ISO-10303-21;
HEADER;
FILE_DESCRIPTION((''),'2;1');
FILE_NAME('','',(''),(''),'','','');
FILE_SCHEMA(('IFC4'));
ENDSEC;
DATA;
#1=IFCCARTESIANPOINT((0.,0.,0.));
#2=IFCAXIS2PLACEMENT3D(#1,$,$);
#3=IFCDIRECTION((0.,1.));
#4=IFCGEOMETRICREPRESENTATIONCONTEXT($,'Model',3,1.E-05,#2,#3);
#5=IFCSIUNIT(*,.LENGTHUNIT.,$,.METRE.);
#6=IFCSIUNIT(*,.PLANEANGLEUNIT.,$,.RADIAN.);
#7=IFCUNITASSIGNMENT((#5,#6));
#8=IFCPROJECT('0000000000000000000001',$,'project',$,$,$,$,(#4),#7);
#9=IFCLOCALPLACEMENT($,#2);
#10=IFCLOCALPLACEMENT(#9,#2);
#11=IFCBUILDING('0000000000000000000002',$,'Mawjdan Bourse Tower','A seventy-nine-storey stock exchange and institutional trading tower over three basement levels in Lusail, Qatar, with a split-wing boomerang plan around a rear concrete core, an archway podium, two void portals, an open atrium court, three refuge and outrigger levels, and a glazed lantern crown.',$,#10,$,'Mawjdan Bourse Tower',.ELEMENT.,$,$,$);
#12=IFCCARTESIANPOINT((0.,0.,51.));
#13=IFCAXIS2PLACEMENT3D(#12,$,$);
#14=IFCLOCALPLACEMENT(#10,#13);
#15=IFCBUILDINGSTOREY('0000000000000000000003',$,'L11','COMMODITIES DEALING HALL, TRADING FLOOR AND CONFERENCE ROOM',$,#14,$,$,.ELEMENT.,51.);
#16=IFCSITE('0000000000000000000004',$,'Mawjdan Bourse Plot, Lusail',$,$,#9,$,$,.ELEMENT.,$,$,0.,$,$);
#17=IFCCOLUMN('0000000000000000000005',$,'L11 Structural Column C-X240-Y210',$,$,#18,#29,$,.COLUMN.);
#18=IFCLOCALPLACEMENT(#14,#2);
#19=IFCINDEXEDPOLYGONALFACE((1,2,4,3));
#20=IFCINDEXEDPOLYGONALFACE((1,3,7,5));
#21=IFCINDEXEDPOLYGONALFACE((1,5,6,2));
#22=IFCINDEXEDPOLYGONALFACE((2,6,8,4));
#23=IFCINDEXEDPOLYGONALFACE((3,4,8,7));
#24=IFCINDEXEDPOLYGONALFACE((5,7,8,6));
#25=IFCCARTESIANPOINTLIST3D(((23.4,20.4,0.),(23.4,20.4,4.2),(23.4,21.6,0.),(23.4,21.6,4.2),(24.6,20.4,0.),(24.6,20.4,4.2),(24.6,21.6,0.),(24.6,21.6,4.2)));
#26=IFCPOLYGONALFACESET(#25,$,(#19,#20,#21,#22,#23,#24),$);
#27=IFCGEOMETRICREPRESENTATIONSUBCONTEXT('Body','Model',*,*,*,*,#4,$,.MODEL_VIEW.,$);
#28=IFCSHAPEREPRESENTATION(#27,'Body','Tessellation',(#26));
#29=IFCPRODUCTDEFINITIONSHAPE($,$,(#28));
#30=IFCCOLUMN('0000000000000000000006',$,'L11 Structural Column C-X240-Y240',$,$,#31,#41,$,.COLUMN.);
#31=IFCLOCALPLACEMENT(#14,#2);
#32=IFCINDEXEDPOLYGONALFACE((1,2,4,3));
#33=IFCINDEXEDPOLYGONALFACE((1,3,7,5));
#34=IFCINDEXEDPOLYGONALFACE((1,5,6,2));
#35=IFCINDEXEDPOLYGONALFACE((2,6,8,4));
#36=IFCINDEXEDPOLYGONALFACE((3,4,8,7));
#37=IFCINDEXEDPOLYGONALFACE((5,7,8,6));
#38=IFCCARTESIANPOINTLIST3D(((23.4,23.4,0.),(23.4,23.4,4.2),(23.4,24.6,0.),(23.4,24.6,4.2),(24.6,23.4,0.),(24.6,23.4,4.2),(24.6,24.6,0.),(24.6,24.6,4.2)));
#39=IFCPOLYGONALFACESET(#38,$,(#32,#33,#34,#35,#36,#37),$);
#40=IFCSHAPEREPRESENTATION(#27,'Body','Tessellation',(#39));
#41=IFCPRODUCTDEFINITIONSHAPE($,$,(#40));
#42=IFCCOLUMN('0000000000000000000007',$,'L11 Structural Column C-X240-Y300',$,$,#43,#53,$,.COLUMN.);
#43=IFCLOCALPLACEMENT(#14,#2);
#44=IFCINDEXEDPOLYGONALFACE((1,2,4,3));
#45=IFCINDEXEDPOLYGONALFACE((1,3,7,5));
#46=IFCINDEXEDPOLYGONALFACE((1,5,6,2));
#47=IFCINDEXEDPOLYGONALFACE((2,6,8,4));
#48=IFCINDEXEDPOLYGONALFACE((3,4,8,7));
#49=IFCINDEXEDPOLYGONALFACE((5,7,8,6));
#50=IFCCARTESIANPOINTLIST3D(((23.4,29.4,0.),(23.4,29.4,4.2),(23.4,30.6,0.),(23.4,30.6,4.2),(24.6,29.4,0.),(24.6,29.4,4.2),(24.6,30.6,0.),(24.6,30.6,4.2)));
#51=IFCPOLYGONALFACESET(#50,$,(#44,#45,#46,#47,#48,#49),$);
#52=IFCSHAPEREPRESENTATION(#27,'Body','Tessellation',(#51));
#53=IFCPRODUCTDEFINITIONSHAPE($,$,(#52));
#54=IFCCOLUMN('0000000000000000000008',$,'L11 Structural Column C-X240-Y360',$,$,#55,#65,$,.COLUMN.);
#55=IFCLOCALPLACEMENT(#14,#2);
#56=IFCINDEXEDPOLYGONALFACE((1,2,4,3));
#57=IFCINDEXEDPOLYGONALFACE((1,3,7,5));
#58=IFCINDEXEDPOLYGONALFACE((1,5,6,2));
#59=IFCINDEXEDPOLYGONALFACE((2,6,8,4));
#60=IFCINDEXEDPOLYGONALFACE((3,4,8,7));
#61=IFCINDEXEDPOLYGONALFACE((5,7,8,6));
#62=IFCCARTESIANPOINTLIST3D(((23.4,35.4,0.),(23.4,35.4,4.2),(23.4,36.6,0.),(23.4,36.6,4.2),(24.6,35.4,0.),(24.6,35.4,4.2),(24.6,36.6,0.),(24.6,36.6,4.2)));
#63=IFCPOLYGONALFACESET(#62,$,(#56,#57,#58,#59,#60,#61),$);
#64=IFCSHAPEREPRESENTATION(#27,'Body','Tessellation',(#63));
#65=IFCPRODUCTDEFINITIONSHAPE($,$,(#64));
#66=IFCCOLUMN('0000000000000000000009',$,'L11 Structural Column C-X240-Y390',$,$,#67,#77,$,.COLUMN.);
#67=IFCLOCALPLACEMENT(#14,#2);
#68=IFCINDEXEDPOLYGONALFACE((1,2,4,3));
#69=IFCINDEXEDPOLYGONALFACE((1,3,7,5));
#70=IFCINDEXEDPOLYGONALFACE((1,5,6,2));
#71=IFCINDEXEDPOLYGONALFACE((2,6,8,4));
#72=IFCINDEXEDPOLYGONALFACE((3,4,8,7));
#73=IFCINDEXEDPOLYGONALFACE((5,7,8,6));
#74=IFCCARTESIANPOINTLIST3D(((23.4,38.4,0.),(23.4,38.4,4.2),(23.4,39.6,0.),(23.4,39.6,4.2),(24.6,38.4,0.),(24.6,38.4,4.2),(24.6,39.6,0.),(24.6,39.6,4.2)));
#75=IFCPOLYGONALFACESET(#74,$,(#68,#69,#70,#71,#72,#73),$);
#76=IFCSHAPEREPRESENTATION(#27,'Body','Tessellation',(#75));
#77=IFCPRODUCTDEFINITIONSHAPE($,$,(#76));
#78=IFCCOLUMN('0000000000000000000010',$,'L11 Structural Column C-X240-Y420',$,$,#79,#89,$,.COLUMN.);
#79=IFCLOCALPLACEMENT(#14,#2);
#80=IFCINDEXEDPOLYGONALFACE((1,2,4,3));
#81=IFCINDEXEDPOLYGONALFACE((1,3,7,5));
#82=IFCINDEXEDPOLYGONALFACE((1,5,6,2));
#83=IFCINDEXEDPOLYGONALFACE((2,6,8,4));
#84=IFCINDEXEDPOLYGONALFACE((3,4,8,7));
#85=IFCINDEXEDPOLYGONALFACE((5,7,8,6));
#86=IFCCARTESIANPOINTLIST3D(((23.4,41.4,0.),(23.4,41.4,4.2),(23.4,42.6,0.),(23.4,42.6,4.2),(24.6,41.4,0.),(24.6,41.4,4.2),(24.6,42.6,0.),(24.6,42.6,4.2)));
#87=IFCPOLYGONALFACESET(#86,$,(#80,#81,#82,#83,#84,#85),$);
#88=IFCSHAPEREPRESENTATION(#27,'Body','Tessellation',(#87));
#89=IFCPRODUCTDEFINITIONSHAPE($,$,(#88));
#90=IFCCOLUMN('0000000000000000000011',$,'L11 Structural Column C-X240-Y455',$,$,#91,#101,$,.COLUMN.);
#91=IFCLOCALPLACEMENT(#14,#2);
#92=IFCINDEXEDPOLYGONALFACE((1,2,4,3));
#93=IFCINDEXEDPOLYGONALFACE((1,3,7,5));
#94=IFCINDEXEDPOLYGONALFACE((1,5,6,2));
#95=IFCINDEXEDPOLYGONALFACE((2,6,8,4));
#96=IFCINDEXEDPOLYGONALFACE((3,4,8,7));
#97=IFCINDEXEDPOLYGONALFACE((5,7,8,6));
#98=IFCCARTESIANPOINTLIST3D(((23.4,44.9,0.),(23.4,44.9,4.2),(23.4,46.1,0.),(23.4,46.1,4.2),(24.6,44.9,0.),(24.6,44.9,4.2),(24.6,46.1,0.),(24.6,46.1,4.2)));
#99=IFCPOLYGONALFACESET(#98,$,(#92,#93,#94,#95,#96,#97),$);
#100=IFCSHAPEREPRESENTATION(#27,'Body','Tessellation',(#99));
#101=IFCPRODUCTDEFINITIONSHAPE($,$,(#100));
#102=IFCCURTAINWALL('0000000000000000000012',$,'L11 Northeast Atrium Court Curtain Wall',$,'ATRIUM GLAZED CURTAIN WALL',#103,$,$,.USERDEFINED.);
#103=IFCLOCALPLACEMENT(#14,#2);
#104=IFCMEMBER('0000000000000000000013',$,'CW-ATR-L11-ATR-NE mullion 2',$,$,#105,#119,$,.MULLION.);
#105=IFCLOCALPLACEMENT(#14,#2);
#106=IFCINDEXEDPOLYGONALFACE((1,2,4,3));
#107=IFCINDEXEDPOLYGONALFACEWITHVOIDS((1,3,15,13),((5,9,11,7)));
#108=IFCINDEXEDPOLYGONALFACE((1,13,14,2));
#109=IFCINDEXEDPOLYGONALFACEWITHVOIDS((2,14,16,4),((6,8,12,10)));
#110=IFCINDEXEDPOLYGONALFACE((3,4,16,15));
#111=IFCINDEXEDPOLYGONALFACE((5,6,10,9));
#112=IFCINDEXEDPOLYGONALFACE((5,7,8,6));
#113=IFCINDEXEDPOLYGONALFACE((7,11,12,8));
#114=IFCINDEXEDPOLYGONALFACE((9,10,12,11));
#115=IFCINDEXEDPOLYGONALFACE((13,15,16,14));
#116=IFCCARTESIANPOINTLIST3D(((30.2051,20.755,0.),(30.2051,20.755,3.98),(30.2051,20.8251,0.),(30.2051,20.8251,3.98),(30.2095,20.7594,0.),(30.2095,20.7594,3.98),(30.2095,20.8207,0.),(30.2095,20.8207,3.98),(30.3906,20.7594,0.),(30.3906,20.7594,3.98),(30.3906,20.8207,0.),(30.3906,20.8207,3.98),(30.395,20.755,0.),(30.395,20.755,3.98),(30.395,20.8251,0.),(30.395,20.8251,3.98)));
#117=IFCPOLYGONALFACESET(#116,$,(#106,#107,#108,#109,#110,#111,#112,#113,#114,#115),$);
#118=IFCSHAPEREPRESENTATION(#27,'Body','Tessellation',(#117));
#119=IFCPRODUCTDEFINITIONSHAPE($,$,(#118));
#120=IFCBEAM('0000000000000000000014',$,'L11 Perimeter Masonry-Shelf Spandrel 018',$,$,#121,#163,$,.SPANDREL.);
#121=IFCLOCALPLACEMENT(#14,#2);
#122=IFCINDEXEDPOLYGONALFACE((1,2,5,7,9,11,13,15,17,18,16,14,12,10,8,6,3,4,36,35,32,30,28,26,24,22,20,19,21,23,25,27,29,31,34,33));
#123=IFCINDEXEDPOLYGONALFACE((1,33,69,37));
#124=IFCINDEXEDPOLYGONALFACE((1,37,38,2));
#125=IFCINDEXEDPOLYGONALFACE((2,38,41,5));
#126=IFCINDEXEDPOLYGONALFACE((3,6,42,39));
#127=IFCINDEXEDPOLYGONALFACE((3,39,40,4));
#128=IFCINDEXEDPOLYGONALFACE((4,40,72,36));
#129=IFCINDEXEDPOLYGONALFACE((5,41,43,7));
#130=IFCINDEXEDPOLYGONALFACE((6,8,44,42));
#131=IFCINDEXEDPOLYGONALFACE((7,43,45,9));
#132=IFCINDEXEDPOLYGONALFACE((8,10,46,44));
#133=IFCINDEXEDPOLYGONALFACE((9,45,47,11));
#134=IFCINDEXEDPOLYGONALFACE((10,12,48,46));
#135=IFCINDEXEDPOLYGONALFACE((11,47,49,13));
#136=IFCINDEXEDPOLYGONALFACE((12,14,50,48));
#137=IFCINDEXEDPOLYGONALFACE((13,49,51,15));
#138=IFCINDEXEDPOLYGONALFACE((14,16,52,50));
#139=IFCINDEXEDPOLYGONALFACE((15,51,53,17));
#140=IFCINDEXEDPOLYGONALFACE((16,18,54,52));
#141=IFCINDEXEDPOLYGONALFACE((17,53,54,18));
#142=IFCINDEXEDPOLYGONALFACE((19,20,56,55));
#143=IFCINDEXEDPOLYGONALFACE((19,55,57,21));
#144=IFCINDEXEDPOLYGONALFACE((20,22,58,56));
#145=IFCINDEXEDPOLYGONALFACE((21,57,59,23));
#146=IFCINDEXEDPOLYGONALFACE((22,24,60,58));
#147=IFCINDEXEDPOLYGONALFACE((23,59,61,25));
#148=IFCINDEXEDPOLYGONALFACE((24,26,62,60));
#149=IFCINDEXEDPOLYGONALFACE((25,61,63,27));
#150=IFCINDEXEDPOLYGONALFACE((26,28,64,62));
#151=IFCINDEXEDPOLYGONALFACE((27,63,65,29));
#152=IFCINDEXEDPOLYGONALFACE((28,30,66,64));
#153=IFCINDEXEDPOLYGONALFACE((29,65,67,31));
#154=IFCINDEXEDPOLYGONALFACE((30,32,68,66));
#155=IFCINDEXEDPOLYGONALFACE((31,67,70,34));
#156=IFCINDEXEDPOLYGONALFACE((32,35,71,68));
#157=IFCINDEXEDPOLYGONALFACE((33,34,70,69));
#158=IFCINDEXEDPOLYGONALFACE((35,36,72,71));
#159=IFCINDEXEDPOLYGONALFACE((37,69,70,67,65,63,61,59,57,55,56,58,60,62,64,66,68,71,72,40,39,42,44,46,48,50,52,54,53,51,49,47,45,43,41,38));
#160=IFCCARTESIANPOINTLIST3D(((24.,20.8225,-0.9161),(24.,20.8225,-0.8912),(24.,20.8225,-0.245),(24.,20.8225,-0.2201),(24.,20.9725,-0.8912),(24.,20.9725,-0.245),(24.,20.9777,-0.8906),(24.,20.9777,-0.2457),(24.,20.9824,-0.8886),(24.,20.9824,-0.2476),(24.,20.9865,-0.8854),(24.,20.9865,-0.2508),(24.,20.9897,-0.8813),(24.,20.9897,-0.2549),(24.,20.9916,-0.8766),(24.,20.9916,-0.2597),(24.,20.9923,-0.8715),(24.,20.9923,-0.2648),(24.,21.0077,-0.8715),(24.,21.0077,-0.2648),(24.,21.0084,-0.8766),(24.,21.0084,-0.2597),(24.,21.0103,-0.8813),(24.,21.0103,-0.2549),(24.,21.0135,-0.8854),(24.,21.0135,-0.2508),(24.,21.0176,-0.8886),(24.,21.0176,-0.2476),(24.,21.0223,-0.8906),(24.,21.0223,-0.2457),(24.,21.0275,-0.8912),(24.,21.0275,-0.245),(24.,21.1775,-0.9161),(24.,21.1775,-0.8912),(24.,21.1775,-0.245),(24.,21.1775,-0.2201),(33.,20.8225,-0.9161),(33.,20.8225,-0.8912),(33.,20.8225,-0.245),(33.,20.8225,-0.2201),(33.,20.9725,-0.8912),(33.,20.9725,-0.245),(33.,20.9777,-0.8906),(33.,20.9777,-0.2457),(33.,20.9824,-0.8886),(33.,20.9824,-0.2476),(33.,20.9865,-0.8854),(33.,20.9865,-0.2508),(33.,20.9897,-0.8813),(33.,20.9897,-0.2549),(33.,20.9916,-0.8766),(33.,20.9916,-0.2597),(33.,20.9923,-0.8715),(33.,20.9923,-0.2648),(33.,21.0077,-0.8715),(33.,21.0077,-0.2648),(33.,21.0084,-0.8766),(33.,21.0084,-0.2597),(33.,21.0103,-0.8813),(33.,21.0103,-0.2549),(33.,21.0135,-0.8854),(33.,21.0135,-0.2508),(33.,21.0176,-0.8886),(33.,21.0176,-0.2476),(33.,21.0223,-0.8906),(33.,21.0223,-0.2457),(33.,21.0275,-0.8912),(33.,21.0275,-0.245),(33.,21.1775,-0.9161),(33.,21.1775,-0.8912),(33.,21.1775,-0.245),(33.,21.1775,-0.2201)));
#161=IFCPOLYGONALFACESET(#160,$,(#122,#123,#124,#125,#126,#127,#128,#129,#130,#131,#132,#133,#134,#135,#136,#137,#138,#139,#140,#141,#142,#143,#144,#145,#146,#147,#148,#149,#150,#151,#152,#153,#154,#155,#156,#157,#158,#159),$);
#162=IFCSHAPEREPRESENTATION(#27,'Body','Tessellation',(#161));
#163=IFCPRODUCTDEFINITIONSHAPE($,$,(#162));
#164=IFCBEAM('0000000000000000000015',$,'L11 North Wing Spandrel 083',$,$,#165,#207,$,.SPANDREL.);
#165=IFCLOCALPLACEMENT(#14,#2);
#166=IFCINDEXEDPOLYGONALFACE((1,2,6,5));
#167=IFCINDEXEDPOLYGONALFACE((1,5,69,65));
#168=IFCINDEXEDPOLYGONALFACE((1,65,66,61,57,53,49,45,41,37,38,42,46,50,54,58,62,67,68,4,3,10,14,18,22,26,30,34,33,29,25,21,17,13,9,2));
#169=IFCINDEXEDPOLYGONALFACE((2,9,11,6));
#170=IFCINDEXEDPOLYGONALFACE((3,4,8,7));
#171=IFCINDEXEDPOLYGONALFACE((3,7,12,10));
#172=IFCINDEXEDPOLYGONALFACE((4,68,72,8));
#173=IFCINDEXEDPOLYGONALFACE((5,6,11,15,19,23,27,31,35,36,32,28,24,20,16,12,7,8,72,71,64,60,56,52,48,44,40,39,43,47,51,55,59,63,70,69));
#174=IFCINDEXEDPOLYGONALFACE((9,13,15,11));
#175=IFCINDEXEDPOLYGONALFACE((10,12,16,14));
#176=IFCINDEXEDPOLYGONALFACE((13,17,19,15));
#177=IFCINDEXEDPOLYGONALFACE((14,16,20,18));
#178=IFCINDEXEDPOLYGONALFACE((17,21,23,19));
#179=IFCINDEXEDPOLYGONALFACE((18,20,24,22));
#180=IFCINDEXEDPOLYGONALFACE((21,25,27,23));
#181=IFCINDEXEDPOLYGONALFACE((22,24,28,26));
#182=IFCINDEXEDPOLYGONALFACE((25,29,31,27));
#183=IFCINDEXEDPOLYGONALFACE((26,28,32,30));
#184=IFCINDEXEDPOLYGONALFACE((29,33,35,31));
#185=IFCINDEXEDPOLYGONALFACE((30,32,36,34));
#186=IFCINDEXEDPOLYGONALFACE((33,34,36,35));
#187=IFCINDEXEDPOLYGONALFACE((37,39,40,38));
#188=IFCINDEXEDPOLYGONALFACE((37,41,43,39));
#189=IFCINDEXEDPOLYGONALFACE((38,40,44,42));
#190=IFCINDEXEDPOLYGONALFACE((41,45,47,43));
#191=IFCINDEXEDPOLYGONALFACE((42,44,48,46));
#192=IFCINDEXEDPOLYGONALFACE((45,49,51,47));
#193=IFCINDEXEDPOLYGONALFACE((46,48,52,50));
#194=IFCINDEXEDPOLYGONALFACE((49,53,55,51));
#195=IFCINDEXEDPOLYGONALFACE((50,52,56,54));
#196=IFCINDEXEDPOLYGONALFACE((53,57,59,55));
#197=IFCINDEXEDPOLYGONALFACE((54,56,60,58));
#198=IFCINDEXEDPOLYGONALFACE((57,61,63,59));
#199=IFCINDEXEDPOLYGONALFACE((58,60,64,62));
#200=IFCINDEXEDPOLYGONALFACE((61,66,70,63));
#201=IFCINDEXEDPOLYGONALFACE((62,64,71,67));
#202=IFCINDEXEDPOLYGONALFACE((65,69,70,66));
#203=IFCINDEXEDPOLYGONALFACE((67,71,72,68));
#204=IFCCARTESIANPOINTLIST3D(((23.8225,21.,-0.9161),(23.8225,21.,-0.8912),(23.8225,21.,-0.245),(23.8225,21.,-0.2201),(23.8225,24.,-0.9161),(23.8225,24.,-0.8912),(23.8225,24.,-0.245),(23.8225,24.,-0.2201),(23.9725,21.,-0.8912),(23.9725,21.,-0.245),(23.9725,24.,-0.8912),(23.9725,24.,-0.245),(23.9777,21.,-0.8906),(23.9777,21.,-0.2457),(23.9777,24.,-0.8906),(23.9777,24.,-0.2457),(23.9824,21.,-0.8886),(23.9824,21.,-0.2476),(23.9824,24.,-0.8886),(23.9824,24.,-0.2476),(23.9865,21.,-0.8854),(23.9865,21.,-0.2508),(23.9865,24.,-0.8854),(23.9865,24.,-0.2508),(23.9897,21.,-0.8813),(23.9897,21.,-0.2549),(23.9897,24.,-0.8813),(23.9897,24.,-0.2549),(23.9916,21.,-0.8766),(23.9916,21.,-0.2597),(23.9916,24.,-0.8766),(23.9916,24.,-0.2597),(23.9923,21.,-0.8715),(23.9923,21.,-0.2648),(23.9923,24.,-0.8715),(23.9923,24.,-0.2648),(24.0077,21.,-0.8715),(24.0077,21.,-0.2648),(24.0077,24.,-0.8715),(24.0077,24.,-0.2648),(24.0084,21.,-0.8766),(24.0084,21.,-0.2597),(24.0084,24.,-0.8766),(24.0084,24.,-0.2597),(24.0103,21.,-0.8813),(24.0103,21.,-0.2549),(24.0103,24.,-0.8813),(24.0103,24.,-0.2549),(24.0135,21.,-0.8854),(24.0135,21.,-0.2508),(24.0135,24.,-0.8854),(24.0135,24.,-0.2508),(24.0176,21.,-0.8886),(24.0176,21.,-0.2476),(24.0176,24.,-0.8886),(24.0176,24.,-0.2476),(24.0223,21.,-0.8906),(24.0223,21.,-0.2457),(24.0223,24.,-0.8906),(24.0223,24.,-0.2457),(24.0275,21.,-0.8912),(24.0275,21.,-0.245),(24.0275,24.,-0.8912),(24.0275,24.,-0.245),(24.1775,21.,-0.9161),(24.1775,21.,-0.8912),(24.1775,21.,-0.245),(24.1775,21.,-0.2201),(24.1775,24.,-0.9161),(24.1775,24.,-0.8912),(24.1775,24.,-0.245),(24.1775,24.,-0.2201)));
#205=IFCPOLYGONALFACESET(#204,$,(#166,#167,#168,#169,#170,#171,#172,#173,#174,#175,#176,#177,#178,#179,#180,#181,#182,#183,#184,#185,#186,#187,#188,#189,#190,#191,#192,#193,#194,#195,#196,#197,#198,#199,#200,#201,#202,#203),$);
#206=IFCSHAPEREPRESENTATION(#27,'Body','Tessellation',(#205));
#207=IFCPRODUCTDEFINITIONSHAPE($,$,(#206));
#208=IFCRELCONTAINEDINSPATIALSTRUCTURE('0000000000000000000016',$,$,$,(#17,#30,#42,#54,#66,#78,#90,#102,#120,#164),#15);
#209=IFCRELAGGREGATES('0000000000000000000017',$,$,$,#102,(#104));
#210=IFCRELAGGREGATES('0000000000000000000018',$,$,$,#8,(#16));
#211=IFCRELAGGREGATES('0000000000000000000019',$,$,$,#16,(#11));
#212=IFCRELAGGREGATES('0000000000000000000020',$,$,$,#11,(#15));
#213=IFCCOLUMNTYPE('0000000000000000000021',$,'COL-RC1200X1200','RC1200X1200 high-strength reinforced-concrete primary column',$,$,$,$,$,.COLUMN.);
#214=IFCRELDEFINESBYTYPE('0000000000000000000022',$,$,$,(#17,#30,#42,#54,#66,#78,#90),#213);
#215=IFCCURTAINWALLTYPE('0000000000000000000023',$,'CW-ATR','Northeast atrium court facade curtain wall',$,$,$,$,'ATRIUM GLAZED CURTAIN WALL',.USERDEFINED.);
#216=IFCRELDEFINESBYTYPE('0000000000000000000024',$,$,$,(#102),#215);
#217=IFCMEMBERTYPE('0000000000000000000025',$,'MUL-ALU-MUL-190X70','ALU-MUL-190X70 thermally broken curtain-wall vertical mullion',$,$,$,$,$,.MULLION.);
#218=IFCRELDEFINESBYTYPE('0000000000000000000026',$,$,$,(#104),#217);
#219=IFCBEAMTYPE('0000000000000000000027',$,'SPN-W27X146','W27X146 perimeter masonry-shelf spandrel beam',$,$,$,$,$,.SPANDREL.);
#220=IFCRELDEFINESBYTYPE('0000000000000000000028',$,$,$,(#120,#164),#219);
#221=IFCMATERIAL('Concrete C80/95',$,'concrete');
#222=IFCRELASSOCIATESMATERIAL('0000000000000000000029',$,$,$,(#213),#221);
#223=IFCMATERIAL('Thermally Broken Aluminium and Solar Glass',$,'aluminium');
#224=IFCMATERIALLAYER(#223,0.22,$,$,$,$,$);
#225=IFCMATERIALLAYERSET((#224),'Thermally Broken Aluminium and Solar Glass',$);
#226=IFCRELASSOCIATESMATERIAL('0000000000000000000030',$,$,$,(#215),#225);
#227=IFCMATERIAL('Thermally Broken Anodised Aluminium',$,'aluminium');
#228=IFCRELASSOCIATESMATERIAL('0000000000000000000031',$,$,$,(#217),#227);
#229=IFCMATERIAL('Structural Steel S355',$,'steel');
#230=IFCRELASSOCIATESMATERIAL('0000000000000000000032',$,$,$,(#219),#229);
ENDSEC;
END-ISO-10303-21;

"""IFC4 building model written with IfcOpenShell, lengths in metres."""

from ifc_helpers import new_model, si_unit, direction, frame, origin, origin_2d, place, context, subcontext, project, spatial, rectangle, hollow_rectangle, i_section, extrude, material, layer, layer_set, material_profile, profile_set, type_object, element, aggregate, save


model = new_model("IFC4")

# Units and contexts
model_context = context("Model", 3, precision=1e-05, world=origin(), true_north=direction((0.0, 1.0)))
body_context = subcontext(model_context, "Body", "Model", "MODEL_VIEW")
ifc_project = project(units=[si_unit("LENGTHUNIT", "METRE"), si_unit("PLANEANGLEUNIT", "RADIAN")], contexts=[model_context])

# Site, building, storey
site_placement = place(None, origin())
site = spatial("IfcSite", under=ifc_project, at=site_placement, Name="Mawjdan Bourse Plot, Lusail", CompositionType="ELEMENT", RefElevation=0.0)
building_placement = place(site_placement, origin())
building = spatial("IfcBuilding", under=site, at=building_placement, Name="Mawjdan Bourse Tower", Description="A seventy-nine-storey stock exchange and institutional trading tower over three basement levels in Lusail, Qatar, with a split-wing boomerang plan around a rear concrete core, an archway podium, two void portals, an open atrium court, three refuge and outrigger levels, and a glazed lantern crown.", LongName="Mawjdan Bourse Tower", CompositionType="ELEMENT")
storey_placement = place(building_placement, frame((0.0, 0.0, 51.0)))
storey = spatial("IfcBuildingStorey", under=building, at=storey_placement, Name="L11", Description="COMMODITIES DEALING HALL, TRADING FLOOR AND CONFERENCE ROOM", CompositionType="ELEMENT", Elevation=51.0)

# Columns
ifc_material_1 = material(Name="Concrete C80/95", Category="concrete")
ifc_material_profile_1 = material_profile(ifc_material_1, rectangle(XDim=1.2, YDim=1.2, at=origin_2d()), Name="RC1200X1200")
ifc_profile_set_1 = profile_set([ifc_material_profile_1], Name="Concrete C80/95")
column_type = type_object("IfcColumnType", Name="COL-RC1200X1200", Description="RC1200X1200 high-strength reinforced-concrete primary column", PredefinedType="COLUMN", material=ifc_profile_set_1)
for number, where, z_axis, x_axis, name in (
    (1, (24.0, 21.0, 0.0), (0.0, 0.0, 1.0), (1.0, 0.0, 0.0), "L11 Structural Column C-X240-Y210"),
    (2, (24.0, 24.0, 0.0), (0.0, 0.0, 1.0), (1.0, 0.0, 0.0), "L11 Structural Column C-X240-Y240"),
    (3, (24.0, 30.0, 0.0), (0.0, 0.0, 1.0), (1.0, 0.0, 0.0), "L11 Structural Column C-X240-Y300"),
    (4, (24.0, 36.0, 0.0), (0.0, 0.0, 1.0), (1.0, 0.0, 0.0), "L11 Structural Column C-X240-Y360"),
    (5, (24.0, 39.0, 0.0), (0.0, 0.0, 1.0), (1.0, 0.0, 0.0), "L11 Structural Column C-X240-Y390"),
    (6, (24.0, 42.0, 0.0), (0.0, 0.0, 1.0), (1.0, 0.0, 0.0), "L11 Structural Column C-X240-Y420"),
    (7, (24.0, 45.5, 0.0), (0.0, 0.0, 1.0), (1.0, 0.0, 0.0), "L11 Structural Column C-X240-Y455"),
):
    element("IfcColumn", number, at=place(storey_placement, frame(where, z_axis=z_axis, x_axis=x_axis)), inside=storey, type_object=column_type, Name=name, PredefinedType="COLUMN", context=body_context, shape_type="SweptSolid", body=[
        extrude(rectangle(XDim=1.2, YDim=1.2, at=origin_2d()), origin(), (0.0, 0.0, 1.0), 4.2),
    ])

# Curtain wall, member
ifc_material_2 = material(Name="Thermally Broken Aluminium and Solar Glass", Category="aluminium")
ifc_layer_1 = layer(ifc_material_2, 0.22)
ifc_layer_set_1 = layer_set([ifc_layer_1], Name="Thermally Broken Aluminium and Solar Glass")
curtain_wall_type = type_object("IfcCurtainWallType", Name="CW-ATR", Description="Northeast atrium court facade curtain wall", ElementType="ATRIUM GLAZED CURTAIN WALL", PredefinedType="USERDEFINED", material=ifc_layer_set_1)
curtain_wall_placement = place(storey_placement, origin())
curtain_wall = element("IfcCurtainWall", 8, at=curtain_wall_placement, inside=storey, type_object=curtain_wall_type, Name="L11 Northeast Atrium Court Curtain Wall", ObjectType="ATRIUM GLAZED CURTAIN WALL", PredefinedType="USERDEFINED")
ifc_material_3 = material(Name="Thermally Broken Anodised Aluminium", Category="aluminium")
ifc_material_profile_2 = material_profile(ifc_material_3, hollow_rectangle(XDim=0.0701, YDim=0.1899, WallThickness=0.0044, at=origin_2d()), Name="ALU-MUL-190X70")
ifc_profile_set_2 = profile_set([ifc_material_profile_2], Name="Thermally Broken Anodised Aluminium")
member_type_1 = type_object("IfcMemberType", Name="MUL-ALU-MUL-190X70", Description="ALU-MUL-190X70 thermally broken curtain-wall vertical mullion", PredefinedType="MULLION", material=ifc_profile_set_2)
member_1_placement = place(storey_placement, frame((30.3, 20.79, 0.0), z_axis=(0.0, 0.0, 1.0), x_axis=(0.0, -1.0, 0.0)))
member_1 = element("IfcMember", 9, at=member_1_placement, type_object=member_type_1, Name="CW-ATR-L11-ATR-NE mullion 2", PredefinedType="MULLION", context=body_context, shape_type="SweptSolid", body=[
    extrude(hollow_rectangle(XDim=0.0701, YDim=0.1899, WallThickness=0.0044, at=origin_2d()), origin(), (0.0, 0.0, 1.0), 3.98),
])

# Beams
ifc_material_4 = material(Name="Structural Steel S355", Category="steel")
ifc_material_profile_3 = material_profile(ifc_material_4, i_section(OverallWidth=0.355, OverallDepth=0.696, WebThickness=0.0154, FlangeThickness=0.0249, FilletRadius=0.0198, at=origin_2d()), Name="W27X146")
ifc_profile_set_3 = profile_set([ifc_material_profile_3], Name="Structural Steel S355")
beam_type = type_object("IfcBeamType", Name="SPN-W27X146", Description="W27X146 perimeter masonry-shelf spandrel beam", PredefinedType="SPANDREL", material=ifc_profile_set_3)
beam_1_placement = place(storey_placement, frame((24.0, 21.0, -0.5681), z_axis=(1.0, 0.0, 0.0), x_axis=(0.0, 1.0, 0.0)))
element("IfcBeam", 10, at=beam_1_placement, inside=storey, type_object=beam_type, Name="L11 Perimeter Masonry-Shelf Spandrel 018", PredefinedType="SPANDREL", context=body_context, shape_type="SweptSolid", body=[
    extrude(i_section(OverallWidth=0.355, OverallDepth=0.696, WebThickness=0.0154, FlangeThickness=0.0249, FilletRadius=0.0198, at=origin_2d()), origin(), (0.0, 0.0, 1.0), 9.0),
])
beam_2_placement = place(storey_placement, frame((24.0, 21.0, -0.5681), z_axis=(0.0, 1.0, 0.0), x_axis=(-1.0, 0.0, 0.0)))
element("IfcBeam", 11, at=beam_2_placement, inside=storey, type_object=beam_type, Name="L11 North Wing Spandrel 083", PredefinedType="SPANDREL", context=body_context, shape_type="SweptSolid", body=[
    extrude(i_section(OverallWidth=0.355, OverallDepth=0.696, WebThickness=0.0154, FlangeThickness=0.0249, FilletRadius=0.0198, at=origin_2d()), origin(), (0.0, 0.0, 1.0), 3.0),
])

aggregate(curtain_wall, [member_1])

save(model, "model.ifc")
